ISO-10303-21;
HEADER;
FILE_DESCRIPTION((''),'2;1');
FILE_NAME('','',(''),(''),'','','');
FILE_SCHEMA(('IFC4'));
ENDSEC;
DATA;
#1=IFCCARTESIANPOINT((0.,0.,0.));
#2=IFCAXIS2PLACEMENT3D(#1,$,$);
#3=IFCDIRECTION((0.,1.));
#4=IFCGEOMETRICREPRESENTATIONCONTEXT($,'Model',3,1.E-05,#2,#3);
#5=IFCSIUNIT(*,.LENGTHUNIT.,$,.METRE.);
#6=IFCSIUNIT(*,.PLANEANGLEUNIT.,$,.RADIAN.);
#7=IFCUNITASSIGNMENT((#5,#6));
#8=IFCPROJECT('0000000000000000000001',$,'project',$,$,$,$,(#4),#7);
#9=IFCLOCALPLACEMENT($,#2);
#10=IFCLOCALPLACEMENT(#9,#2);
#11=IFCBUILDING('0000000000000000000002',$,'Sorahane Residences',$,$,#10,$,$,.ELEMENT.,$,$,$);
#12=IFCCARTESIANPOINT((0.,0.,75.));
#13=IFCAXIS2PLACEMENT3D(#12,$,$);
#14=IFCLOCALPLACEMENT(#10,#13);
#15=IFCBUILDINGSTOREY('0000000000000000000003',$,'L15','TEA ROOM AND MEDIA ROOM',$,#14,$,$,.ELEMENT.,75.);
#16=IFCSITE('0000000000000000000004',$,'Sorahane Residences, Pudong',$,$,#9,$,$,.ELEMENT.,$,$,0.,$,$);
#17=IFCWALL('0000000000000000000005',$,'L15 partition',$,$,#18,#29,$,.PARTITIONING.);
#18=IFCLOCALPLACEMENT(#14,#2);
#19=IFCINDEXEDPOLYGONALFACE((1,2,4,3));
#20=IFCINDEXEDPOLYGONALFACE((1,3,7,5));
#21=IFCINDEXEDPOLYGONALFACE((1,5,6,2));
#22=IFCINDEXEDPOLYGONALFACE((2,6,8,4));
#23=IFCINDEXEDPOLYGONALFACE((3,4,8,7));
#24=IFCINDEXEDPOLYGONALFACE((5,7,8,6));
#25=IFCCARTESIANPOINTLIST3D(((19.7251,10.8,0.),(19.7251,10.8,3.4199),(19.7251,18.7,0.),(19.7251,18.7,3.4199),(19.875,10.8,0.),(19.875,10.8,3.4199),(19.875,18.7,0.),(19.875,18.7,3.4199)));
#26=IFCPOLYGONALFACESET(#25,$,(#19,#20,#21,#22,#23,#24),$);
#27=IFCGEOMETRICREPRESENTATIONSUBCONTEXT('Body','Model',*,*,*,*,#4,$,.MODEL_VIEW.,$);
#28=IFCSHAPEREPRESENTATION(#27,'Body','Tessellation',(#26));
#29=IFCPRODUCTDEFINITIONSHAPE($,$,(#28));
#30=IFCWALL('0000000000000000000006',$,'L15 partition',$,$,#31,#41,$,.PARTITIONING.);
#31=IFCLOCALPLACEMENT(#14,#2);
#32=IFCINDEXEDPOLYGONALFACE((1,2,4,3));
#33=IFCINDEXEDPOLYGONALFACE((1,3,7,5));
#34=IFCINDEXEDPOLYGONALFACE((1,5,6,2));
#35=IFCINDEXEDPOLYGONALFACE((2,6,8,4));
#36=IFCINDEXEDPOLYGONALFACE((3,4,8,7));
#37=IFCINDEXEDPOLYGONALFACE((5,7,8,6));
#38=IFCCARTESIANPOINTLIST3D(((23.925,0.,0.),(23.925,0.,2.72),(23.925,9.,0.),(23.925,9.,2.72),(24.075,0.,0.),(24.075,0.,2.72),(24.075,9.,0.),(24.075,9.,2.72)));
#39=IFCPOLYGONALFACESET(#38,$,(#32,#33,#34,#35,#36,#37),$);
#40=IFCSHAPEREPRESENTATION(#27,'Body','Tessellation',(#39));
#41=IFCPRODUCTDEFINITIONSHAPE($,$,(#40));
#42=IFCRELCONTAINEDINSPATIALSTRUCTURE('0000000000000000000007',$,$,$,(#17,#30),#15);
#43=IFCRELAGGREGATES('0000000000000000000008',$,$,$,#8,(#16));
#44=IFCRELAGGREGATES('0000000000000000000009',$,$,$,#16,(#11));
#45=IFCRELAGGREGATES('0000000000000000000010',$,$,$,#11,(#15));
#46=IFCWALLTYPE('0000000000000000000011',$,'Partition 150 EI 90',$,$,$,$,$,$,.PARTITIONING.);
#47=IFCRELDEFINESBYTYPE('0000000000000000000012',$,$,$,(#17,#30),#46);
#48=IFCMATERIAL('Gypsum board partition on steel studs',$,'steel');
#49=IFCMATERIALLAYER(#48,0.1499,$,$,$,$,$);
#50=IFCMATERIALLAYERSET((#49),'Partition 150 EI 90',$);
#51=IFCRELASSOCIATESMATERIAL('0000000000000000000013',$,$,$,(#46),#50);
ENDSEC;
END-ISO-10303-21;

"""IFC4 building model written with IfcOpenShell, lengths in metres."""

from ifc_helpers import new_model, si_unit, direction, frame, frame_2d, origin, place, context, subcontext, project, spatial, rectangle, extrude, material, layer, layer_set, type_object, element, save


model = new_model("IFC4")

# Units and contexts
model_context = context("Model", 3, precision=1e-05, world=origin(), true_north=direction((0.0, 1.0)))
body_context = subcontext(model_context, "Body", "Model", "MODEL_VIEW")
ifc_project = project(units=[si_unit("LENGTHUNIT", "METRE"), si_unit("PLANEANGLEUNIT", "RADIAN")], contexts=[model_context])

# Site, building, storey
site_placement = place(None, origin())
site = spatial("IfcSite", under=ifc_project, at=site_placement, Name="Sorahane Residences, Pudong", CompositionType="ELEMENT", RefElevation=0.0)
building_placement = place(site_placement, origin())
building = spatial("IfcBuilding", under=site, at=building_placement, Name="Sorahane Residences", CompositionType="ELEMENT")
storey_placement = place(building_placement, frame((0.0, 0.0, 75.0)))
storey = spatial("IfcBuildingStorey", under=building, at=storey_placement, Name="L15", Description="TEA ROOM AND MEDIA ROOM", CompositionType="ELEMENT", Elevation=75.0)

# Walls
ifc_material_1 = material(Name="Gypsum board partition on steel studs", Category="steel")
ifc_layer_1 = layer(ifc_material_1, 0.1499)
ifc_layer_set_1 = layer_set([ifc_layer_1], Name="Partition 150 EI 90")
wall_type = type_object("IfcWallType", Name="Partition 150 EI 90", PredefinedType="PARTITIONING", material=ifc_layer_set_1)
for number, where, z_axis, x_axis, name in (
    (1, (19.8, 10.8, 0.0), (0.0, 0.0, 1.0), (0.0, 1.0, 0.0), "L15 partition"),
):
    element("IfcWall", number, at=place(storey_placement, frame(where, z_axis=z_axis, x_axis=x_axis)), inside=storey, type_object=wall_type, Name=name, PredefinedType="PARTITIONING", context=body_context, shape_type="SweptSolid", body=[
        extrude(rectangle(XDim=7.8999, YDim=0.1499, at=frame_2d((3.95, 0.0))), origin(), (0.0, 0.0, 1.0), 3.4199),
    ])
wall_placement = place(storey_placement, frame((24.0, 0.0, 0.0), z_axis=(0.0, 0.0, 1.0), x_axis=(0.0, 1.0, 0.0)))
element("IfcWall", 2, at=wall_placement, inside=storey, type_object=wall_type, Name="L15 partition", PredefinedType="PARTITIONING", context=body_context, shape_type="SweptSolid", body=[
    extrude(rectangle(XDim=9.0, YDim=0.1499, at=frame_2d((4.5, 0.0))), origin(), (0.0, 0.0, 1.0), 2.72),
])

save(model, "model.ifc")
